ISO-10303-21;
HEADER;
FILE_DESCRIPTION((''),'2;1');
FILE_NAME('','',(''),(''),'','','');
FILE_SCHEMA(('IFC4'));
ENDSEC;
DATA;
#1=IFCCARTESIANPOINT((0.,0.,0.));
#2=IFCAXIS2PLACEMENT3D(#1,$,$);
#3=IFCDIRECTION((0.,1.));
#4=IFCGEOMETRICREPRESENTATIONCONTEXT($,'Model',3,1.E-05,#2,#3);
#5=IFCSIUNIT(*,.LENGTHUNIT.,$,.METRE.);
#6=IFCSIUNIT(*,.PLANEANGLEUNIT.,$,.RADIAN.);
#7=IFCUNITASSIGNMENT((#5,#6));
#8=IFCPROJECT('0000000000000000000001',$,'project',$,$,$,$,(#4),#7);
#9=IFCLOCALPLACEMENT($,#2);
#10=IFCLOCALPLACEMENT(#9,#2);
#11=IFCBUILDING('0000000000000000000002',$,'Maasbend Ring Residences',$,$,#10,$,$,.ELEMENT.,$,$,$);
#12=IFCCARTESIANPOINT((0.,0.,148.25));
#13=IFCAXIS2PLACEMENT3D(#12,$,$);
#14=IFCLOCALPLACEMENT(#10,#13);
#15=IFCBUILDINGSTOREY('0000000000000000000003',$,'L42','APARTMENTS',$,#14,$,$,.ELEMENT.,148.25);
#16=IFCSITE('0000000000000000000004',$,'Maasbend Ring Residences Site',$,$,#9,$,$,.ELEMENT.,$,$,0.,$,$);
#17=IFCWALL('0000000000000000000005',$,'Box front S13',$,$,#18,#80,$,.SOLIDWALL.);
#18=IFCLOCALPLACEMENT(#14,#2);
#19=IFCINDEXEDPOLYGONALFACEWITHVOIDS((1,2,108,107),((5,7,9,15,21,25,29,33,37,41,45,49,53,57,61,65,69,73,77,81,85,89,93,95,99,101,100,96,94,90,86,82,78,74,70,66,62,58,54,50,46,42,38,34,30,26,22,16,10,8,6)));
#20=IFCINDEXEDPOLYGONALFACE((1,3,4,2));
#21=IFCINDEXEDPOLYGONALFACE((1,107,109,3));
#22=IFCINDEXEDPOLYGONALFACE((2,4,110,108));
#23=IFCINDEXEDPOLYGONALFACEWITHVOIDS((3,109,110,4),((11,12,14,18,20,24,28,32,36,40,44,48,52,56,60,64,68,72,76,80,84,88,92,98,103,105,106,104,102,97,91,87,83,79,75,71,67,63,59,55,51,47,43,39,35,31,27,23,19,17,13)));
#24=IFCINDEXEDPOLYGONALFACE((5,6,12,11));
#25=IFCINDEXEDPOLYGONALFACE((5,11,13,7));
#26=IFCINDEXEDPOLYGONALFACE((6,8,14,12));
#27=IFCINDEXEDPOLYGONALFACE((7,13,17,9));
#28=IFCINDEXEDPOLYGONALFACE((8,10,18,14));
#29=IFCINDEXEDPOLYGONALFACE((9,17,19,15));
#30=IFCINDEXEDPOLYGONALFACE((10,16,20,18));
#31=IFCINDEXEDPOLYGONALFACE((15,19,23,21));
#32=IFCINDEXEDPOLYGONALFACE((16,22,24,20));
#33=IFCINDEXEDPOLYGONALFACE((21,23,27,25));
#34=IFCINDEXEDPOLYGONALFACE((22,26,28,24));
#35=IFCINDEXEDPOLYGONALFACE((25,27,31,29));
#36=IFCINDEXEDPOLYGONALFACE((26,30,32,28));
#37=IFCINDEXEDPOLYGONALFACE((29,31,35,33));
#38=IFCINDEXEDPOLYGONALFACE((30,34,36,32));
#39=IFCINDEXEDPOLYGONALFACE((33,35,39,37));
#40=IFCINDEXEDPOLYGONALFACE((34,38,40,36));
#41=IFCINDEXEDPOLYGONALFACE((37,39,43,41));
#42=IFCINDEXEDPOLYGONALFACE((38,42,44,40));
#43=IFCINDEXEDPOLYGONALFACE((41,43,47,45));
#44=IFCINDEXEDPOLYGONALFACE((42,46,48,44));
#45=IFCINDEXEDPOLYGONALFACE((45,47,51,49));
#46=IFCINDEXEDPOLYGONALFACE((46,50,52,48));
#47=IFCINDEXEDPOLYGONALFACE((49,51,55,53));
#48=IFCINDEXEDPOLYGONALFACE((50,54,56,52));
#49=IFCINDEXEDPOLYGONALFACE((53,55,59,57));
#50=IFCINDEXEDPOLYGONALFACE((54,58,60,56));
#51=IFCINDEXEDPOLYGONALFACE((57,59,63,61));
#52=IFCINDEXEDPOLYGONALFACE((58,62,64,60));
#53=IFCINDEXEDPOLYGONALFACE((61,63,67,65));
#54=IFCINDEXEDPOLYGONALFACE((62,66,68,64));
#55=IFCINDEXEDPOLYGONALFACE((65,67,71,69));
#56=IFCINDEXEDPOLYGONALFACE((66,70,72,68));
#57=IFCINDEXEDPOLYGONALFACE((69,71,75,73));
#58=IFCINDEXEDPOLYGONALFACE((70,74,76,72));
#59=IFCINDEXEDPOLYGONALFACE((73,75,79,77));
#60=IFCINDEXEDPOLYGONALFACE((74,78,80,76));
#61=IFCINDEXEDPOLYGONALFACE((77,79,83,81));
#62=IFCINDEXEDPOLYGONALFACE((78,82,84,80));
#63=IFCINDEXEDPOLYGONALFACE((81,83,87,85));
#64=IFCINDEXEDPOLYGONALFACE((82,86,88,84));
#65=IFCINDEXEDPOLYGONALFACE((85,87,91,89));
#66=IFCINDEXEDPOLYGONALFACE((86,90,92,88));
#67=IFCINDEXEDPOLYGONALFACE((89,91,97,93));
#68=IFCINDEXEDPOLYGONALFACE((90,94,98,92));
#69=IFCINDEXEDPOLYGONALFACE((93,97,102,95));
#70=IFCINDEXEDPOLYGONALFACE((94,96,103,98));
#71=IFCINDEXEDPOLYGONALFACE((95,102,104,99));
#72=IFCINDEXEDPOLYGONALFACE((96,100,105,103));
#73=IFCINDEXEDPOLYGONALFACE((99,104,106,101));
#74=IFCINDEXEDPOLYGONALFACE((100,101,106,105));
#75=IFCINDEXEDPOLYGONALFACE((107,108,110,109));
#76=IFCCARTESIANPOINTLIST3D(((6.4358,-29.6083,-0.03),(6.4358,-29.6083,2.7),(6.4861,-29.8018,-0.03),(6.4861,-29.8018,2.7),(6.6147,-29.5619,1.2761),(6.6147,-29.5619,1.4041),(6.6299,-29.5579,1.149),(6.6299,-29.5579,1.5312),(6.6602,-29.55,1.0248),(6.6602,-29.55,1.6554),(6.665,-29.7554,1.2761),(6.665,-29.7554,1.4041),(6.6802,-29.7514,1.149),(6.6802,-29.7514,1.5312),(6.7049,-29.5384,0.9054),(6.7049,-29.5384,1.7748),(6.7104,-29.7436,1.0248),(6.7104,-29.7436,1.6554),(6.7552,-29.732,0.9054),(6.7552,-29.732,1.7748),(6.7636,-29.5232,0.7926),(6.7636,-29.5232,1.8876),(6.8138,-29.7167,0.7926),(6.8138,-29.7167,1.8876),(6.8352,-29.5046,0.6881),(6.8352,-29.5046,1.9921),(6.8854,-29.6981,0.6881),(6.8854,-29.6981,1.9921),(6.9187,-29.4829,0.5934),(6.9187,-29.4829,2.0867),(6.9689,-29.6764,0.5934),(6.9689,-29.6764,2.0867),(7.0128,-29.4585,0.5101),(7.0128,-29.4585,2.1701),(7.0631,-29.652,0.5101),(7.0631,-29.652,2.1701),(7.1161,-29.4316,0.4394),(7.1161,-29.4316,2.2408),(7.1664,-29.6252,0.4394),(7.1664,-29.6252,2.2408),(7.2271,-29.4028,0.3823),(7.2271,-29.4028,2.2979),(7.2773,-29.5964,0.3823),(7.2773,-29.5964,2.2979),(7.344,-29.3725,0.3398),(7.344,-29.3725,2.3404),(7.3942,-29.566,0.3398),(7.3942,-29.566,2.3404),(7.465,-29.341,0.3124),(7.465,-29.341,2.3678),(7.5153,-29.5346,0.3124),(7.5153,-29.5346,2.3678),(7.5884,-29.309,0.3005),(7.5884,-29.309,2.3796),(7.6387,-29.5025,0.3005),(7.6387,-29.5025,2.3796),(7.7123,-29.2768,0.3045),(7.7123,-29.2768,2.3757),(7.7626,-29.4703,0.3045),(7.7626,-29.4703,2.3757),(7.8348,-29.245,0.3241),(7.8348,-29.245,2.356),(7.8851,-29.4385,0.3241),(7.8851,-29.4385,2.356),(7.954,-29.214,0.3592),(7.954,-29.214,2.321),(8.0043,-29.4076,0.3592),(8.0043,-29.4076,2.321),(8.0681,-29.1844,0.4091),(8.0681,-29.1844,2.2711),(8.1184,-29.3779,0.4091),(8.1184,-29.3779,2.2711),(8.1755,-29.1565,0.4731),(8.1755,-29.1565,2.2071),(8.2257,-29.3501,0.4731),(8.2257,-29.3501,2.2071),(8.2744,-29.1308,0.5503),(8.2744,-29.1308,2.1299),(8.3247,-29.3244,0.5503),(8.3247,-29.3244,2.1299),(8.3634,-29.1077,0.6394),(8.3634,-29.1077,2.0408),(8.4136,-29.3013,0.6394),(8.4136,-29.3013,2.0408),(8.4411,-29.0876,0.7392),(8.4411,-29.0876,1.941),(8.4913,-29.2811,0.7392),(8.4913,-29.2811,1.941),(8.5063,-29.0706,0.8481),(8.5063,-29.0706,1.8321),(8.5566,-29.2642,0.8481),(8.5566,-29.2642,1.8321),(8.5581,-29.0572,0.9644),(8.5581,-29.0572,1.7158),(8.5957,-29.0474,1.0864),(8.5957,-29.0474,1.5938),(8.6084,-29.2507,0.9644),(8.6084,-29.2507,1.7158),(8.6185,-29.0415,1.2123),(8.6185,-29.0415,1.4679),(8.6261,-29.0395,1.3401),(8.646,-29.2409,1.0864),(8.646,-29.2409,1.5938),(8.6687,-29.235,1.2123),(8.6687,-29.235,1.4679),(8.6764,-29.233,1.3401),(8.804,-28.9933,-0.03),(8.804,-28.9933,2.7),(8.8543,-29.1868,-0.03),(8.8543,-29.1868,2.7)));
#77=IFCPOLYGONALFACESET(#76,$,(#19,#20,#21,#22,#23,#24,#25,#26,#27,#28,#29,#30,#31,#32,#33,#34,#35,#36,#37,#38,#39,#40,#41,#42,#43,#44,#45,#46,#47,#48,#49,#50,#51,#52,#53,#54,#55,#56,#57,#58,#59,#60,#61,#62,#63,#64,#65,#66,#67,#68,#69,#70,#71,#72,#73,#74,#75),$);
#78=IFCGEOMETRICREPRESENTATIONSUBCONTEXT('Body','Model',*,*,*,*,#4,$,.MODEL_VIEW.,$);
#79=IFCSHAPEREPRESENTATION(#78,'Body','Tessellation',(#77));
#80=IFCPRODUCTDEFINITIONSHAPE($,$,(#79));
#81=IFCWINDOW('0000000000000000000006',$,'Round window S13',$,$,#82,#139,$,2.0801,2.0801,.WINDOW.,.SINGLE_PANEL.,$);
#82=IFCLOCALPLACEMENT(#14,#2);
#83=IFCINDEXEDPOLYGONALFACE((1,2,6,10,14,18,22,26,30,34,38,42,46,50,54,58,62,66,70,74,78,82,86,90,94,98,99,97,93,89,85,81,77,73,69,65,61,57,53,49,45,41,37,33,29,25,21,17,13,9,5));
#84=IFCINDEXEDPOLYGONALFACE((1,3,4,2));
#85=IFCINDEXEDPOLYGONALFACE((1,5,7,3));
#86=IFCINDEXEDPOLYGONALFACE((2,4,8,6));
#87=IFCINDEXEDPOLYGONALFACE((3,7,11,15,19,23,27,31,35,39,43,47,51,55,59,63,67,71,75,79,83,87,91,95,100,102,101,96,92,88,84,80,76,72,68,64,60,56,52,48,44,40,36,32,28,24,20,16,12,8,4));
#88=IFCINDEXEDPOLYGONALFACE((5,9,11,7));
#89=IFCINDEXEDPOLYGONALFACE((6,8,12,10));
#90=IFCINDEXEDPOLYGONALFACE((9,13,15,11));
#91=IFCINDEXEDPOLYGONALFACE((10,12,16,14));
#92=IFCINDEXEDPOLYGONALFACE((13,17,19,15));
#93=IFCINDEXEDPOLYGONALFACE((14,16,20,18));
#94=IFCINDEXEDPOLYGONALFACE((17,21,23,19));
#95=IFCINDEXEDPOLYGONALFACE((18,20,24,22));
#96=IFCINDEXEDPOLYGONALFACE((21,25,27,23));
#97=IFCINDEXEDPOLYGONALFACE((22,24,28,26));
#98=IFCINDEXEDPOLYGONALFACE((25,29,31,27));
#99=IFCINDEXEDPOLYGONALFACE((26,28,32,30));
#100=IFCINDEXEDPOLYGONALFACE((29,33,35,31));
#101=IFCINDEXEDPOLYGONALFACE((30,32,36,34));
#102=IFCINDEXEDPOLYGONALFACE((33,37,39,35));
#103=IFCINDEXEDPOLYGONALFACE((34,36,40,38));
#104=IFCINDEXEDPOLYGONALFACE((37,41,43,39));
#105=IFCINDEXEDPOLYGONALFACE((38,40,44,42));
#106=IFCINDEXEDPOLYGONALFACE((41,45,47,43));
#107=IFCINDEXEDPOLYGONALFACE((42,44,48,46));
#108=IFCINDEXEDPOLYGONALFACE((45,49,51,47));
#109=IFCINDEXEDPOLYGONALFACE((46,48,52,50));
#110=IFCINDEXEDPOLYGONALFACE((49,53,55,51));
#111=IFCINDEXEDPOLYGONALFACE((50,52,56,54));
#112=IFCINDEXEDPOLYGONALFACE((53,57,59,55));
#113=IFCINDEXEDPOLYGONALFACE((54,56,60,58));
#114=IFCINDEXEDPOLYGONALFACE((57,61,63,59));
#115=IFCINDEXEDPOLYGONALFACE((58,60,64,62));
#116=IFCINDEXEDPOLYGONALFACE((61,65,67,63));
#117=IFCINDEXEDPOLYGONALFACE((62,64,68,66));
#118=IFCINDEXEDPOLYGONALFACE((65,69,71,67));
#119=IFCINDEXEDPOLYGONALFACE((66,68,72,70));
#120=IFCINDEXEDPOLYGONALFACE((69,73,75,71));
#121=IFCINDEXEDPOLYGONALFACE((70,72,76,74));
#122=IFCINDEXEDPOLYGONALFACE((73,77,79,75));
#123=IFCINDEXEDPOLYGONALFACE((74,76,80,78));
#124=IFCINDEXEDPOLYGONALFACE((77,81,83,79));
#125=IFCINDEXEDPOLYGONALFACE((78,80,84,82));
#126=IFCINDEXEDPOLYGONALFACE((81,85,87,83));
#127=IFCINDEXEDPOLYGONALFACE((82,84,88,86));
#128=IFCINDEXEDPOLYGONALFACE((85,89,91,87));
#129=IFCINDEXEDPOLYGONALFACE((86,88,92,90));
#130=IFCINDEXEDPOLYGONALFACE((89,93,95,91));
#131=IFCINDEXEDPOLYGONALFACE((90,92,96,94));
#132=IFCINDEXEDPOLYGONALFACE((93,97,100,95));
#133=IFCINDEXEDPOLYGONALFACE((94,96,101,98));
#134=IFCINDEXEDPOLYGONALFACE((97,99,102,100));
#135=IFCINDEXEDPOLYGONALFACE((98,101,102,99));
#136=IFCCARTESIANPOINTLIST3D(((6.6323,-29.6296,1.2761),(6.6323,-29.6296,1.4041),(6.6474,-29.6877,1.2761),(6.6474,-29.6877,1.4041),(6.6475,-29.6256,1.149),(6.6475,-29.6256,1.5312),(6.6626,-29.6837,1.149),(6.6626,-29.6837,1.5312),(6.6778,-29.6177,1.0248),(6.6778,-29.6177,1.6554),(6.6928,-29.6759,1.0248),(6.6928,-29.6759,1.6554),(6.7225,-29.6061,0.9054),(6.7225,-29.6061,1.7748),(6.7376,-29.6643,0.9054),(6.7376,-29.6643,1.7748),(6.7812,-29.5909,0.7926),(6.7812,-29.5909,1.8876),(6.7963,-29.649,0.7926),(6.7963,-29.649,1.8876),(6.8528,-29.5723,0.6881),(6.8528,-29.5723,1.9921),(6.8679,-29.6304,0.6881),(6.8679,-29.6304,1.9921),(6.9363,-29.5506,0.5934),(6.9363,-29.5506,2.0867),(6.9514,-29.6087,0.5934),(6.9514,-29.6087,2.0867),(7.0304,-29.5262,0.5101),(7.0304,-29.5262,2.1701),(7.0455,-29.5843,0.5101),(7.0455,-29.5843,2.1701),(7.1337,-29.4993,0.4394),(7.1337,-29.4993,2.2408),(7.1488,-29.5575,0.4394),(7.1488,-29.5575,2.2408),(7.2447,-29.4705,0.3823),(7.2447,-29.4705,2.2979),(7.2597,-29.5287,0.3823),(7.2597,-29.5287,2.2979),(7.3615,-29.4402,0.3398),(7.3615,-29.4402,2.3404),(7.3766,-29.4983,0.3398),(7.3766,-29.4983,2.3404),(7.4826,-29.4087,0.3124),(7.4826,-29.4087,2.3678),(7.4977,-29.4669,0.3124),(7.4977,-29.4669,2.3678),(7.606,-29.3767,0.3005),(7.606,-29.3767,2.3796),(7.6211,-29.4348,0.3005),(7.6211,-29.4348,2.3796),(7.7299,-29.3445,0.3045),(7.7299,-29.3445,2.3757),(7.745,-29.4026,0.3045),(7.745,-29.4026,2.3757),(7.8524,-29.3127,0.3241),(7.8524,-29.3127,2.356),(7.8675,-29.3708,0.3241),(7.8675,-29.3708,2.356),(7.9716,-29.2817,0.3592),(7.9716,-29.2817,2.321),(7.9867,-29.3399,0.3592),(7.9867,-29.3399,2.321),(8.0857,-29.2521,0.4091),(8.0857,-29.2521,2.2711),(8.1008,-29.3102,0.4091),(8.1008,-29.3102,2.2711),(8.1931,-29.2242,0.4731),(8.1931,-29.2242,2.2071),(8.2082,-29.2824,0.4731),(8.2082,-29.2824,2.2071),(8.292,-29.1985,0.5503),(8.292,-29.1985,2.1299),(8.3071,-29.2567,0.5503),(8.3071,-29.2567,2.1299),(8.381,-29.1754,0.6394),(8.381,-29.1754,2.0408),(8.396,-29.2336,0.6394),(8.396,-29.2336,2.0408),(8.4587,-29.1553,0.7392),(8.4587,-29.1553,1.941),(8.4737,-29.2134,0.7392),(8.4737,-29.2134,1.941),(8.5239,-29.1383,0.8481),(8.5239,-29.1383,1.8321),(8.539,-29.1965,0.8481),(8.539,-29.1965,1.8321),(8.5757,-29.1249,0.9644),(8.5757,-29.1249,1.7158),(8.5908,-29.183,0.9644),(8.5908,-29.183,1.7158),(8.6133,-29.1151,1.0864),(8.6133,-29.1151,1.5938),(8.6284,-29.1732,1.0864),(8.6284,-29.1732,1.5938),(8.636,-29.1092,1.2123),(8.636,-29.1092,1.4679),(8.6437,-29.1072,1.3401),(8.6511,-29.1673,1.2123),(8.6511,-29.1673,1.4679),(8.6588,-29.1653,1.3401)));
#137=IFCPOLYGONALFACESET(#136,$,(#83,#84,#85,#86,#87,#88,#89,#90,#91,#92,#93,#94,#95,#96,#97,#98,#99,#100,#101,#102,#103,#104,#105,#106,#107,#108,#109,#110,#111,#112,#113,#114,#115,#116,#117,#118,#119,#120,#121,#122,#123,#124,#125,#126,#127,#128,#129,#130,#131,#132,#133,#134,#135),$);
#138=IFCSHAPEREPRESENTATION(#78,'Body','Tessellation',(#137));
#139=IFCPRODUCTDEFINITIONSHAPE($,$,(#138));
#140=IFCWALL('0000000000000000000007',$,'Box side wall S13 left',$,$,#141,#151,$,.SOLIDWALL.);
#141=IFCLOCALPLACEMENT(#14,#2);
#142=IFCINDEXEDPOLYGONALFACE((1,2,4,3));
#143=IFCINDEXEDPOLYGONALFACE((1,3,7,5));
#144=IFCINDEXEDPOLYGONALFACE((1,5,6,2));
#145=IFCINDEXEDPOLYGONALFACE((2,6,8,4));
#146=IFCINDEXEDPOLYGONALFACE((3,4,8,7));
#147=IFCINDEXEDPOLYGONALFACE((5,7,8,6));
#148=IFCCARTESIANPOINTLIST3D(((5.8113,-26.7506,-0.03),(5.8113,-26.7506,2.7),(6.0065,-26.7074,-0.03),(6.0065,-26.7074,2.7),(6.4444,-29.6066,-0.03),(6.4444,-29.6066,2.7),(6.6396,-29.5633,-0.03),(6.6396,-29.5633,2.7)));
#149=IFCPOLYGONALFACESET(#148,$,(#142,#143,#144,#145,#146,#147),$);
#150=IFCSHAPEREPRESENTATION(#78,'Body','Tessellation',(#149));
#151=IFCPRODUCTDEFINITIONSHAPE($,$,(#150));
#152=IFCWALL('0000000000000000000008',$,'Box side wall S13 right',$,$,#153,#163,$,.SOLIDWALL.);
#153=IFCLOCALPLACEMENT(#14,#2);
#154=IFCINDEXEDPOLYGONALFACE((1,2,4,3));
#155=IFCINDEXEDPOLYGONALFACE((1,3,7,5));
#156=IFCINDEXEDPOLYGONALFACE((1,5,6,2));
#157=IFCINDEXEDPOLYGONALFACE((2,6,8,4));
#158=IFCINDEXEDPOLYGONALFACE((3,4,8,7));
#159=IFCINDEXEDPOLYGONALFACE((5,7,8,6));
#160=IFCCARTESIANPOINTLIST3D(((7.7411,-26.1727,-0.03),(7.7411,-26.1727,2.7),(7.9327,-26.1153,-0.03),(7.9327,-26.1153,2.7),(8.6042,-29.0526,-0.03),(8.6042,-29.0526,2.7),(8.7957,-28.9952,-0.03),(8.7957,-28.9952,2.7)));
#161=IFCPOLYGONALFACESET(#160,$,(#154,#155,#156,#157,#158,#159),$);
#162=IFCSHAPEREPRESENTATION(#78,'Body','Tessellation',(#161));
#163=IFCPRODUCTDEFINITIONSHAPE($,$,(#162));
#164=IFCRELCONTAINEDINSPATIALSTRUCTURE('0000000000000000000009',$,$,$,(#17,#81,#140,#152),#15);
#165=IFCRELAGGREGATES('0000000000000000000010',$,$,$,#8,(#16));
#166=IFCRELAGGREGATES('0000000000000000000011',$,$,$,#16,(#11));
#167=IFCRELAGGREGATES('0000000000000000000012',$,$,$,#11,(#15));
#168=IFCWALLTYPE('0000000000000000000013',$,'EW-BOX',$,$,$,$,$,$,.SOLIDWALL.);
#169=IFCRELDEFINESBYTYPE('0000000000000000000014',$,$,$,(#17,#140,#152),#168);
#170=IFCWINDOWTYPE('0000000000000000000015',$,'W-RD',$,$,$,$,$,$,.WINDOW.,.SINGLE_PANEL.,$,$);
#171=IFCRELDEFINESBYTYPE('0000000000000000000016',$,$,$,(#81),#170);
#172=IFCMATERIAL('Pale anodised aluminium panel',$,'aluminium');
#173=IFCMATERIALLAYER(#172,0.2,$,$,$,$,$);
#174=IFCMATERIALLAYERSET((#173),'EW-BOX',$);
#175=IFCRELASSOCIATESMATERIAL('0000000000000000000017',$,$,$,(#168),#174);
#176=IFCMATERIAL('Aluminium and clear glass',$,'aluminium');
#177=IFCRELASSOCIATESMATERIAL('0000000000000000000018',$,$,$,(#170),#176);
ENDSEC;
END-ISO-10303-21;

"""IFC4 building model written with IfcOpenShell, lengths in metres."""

from ifc_helpers import new_model, si_unit, direction, frame, frame_2d, origin, place, context, subcontext, project, spatial, rectangle, circle, extrude, material, layer, layer_set, type_object, element, fill, save


model = new_model("IFC4")

# Units and contexts
model_context = context("Model", 3, precision=1e-05, world=origin(), true_north=direction((0.0, 1.0)))
body_context = subcontext(model_context, "Body", "Model", "MODEL_VIEW")
ifc_project = project(units=[si_unit("LENGTHUNIT", "METRE"), si_unit("PLANEANGLEUNIT", "RADIAN")], contexts=[model_context])

# Site, building, storey
site_placement = place(None, origin())
site = spatial("IfcSite", under=ifc_project, at=site_placement, Name="Maasbend Ring Residences Site", CompositionType="ELEMENT", RefElevation=0.0)
building_placement = place(site_placement, origin())
building = spatial("IfcBuilding", under=site, at=building_placement, Name="Maasbend Ring Residences", CompositionType="ELEMENT")
storey_placement = place(building_placement, frame((0.0, 0.0, 148.25)))
storey = spatial("IfcBuildingStorey", under=building, at=storey_placement, Name="L42", Description="APARTMENTS", CompositionType="ELEMENT", Elevation=148.25)

# Shared definitions
ifc_material_1 = material(Name="Pale anodised aluminium panel", Category="aluminium")
ifc_layer_1 = layer(ifc_material_1, 0.2)
ifc_layer_set_1 = layer_set([ifc_layer_1], Name="EW-BOX")
wall_type_1 = type_object("IfcWallType", Name="EW-BOX", PredefinedType="SOLIDWALL", material=ifc_layer_set_1)

# Wall, opening, window
wall_1_placement = place(storey_placement, frame((6.4609, -29.7051, -0.03), z_axis=(0.0, 0.0, 1.0), x_axis=(0.967895, 0.251353, 0.0)))
wall_1 = element("IfcWall", 1, at=wall_1_placement, inside=storey, type_object=wall_type_1, Name="Box front S13", PredefinedType="SOLIDWALL", context=body_context, shape_type="SweptSolid", body=[
    extrude(rectangle(XDim=2.4468, YDim=0.2, at=frame_2d((1.2234, 0.0))), origin(), (0.0, 0.0, 1.0), 2.73),
])
opening_1_placement = place(wall_1_placement, frame((0.1829, 0.0, 0.3301)))
opening_1 = element("IfcOpeningElement", 2, at=opening_1_placement, cuts=wall_1, PredefinedType="OPENING", context=body_context, shape_type="SweptSolid", body=[
    extrude(circle(Radius=1.04, at=frame_2d((1.04, 1.04))), frame((0.0, 0.1099, 0.0), z_axis=(0.0, -1.0, 0.0), x_axis=(1.0, 0.0, 0.0)), (0.0, 0.0, 1.0), 0.22),
])
ifc_material_2 = material(Name="Aluminium and clear glass", Category="aluminium")
window_type_1 = type_object("IfcWindowType", Name="W-RD", PartitioningType="SINGLE_PANEL", PredefinedType="WINDOW", material=ifc_material_2)
window_1_placement = place(opening_1_placement, origin())
window_1 = element("IfcWindow", 3, at=window_1_placement, inside=storey, type_object=window_type_1, Name="Round window S13", OverallHeight=2.0801, OverallWidth=2.0801, PartitioningType="SINGLE_PANEL", PredefinedType="WINDOW", context=body_context, shape_type="SweptSolid", body=[
    extrude(circle(Radius=1.04, at=frame_2d((1.04, 1.04))), frame((0.0, 0.03, 0.0), z_axis=(0.0, -1.0, 0.0), x_axis=(1.0, 0.0, 0.0)), (0.0, 0.0, 1.0), 0.0601),
])
fill(opening_1, window_1)

# Walls
wall_2_placement = place(storey_placement, frame((5.9089, -26.729, -0.03), z_axis=(0.0, 0.0, 1.0), x_axis=(0.216409, -0.976303, 0.0)))
element("IfcWall", 4, at=wall_2_placement, inside=storey, type_object=wall_type_1, Name="Box side wall S13 left", PredefinedType="SOLIDWALL", context=body_context, shape_type="SweptSolid", body=[
    extrude(rectangle(XDim=2.9253, YDim=0.2, at=frame_2d((1.4626, 0.0))), origin(), (0.0, 0.0, 1.0), 2.73),
])
wall_3_placement = place(storey_placement, frame((7.8369, -26.144, -0.03), z_axis=(0.0, 0.0, 1.0), x_axis=(0.287065, -0.957911, 0.0)))
element("IfcWall", 5, at=wall_3_placement, inside=storey, type_object=wall_type_1, Name="Box side wall S13 right", PredefinedType="SOLIDWALL", context=body_context, shape_type="SweptSolid", body=[
    extrude(rectangle(XDim=3.0063, YDim=0.2, at=frame_2d((1.5032, 0.0))), origin(), (0.0, 0.0, 1.0), 2.73),
])

save(model, "model.ifc")
